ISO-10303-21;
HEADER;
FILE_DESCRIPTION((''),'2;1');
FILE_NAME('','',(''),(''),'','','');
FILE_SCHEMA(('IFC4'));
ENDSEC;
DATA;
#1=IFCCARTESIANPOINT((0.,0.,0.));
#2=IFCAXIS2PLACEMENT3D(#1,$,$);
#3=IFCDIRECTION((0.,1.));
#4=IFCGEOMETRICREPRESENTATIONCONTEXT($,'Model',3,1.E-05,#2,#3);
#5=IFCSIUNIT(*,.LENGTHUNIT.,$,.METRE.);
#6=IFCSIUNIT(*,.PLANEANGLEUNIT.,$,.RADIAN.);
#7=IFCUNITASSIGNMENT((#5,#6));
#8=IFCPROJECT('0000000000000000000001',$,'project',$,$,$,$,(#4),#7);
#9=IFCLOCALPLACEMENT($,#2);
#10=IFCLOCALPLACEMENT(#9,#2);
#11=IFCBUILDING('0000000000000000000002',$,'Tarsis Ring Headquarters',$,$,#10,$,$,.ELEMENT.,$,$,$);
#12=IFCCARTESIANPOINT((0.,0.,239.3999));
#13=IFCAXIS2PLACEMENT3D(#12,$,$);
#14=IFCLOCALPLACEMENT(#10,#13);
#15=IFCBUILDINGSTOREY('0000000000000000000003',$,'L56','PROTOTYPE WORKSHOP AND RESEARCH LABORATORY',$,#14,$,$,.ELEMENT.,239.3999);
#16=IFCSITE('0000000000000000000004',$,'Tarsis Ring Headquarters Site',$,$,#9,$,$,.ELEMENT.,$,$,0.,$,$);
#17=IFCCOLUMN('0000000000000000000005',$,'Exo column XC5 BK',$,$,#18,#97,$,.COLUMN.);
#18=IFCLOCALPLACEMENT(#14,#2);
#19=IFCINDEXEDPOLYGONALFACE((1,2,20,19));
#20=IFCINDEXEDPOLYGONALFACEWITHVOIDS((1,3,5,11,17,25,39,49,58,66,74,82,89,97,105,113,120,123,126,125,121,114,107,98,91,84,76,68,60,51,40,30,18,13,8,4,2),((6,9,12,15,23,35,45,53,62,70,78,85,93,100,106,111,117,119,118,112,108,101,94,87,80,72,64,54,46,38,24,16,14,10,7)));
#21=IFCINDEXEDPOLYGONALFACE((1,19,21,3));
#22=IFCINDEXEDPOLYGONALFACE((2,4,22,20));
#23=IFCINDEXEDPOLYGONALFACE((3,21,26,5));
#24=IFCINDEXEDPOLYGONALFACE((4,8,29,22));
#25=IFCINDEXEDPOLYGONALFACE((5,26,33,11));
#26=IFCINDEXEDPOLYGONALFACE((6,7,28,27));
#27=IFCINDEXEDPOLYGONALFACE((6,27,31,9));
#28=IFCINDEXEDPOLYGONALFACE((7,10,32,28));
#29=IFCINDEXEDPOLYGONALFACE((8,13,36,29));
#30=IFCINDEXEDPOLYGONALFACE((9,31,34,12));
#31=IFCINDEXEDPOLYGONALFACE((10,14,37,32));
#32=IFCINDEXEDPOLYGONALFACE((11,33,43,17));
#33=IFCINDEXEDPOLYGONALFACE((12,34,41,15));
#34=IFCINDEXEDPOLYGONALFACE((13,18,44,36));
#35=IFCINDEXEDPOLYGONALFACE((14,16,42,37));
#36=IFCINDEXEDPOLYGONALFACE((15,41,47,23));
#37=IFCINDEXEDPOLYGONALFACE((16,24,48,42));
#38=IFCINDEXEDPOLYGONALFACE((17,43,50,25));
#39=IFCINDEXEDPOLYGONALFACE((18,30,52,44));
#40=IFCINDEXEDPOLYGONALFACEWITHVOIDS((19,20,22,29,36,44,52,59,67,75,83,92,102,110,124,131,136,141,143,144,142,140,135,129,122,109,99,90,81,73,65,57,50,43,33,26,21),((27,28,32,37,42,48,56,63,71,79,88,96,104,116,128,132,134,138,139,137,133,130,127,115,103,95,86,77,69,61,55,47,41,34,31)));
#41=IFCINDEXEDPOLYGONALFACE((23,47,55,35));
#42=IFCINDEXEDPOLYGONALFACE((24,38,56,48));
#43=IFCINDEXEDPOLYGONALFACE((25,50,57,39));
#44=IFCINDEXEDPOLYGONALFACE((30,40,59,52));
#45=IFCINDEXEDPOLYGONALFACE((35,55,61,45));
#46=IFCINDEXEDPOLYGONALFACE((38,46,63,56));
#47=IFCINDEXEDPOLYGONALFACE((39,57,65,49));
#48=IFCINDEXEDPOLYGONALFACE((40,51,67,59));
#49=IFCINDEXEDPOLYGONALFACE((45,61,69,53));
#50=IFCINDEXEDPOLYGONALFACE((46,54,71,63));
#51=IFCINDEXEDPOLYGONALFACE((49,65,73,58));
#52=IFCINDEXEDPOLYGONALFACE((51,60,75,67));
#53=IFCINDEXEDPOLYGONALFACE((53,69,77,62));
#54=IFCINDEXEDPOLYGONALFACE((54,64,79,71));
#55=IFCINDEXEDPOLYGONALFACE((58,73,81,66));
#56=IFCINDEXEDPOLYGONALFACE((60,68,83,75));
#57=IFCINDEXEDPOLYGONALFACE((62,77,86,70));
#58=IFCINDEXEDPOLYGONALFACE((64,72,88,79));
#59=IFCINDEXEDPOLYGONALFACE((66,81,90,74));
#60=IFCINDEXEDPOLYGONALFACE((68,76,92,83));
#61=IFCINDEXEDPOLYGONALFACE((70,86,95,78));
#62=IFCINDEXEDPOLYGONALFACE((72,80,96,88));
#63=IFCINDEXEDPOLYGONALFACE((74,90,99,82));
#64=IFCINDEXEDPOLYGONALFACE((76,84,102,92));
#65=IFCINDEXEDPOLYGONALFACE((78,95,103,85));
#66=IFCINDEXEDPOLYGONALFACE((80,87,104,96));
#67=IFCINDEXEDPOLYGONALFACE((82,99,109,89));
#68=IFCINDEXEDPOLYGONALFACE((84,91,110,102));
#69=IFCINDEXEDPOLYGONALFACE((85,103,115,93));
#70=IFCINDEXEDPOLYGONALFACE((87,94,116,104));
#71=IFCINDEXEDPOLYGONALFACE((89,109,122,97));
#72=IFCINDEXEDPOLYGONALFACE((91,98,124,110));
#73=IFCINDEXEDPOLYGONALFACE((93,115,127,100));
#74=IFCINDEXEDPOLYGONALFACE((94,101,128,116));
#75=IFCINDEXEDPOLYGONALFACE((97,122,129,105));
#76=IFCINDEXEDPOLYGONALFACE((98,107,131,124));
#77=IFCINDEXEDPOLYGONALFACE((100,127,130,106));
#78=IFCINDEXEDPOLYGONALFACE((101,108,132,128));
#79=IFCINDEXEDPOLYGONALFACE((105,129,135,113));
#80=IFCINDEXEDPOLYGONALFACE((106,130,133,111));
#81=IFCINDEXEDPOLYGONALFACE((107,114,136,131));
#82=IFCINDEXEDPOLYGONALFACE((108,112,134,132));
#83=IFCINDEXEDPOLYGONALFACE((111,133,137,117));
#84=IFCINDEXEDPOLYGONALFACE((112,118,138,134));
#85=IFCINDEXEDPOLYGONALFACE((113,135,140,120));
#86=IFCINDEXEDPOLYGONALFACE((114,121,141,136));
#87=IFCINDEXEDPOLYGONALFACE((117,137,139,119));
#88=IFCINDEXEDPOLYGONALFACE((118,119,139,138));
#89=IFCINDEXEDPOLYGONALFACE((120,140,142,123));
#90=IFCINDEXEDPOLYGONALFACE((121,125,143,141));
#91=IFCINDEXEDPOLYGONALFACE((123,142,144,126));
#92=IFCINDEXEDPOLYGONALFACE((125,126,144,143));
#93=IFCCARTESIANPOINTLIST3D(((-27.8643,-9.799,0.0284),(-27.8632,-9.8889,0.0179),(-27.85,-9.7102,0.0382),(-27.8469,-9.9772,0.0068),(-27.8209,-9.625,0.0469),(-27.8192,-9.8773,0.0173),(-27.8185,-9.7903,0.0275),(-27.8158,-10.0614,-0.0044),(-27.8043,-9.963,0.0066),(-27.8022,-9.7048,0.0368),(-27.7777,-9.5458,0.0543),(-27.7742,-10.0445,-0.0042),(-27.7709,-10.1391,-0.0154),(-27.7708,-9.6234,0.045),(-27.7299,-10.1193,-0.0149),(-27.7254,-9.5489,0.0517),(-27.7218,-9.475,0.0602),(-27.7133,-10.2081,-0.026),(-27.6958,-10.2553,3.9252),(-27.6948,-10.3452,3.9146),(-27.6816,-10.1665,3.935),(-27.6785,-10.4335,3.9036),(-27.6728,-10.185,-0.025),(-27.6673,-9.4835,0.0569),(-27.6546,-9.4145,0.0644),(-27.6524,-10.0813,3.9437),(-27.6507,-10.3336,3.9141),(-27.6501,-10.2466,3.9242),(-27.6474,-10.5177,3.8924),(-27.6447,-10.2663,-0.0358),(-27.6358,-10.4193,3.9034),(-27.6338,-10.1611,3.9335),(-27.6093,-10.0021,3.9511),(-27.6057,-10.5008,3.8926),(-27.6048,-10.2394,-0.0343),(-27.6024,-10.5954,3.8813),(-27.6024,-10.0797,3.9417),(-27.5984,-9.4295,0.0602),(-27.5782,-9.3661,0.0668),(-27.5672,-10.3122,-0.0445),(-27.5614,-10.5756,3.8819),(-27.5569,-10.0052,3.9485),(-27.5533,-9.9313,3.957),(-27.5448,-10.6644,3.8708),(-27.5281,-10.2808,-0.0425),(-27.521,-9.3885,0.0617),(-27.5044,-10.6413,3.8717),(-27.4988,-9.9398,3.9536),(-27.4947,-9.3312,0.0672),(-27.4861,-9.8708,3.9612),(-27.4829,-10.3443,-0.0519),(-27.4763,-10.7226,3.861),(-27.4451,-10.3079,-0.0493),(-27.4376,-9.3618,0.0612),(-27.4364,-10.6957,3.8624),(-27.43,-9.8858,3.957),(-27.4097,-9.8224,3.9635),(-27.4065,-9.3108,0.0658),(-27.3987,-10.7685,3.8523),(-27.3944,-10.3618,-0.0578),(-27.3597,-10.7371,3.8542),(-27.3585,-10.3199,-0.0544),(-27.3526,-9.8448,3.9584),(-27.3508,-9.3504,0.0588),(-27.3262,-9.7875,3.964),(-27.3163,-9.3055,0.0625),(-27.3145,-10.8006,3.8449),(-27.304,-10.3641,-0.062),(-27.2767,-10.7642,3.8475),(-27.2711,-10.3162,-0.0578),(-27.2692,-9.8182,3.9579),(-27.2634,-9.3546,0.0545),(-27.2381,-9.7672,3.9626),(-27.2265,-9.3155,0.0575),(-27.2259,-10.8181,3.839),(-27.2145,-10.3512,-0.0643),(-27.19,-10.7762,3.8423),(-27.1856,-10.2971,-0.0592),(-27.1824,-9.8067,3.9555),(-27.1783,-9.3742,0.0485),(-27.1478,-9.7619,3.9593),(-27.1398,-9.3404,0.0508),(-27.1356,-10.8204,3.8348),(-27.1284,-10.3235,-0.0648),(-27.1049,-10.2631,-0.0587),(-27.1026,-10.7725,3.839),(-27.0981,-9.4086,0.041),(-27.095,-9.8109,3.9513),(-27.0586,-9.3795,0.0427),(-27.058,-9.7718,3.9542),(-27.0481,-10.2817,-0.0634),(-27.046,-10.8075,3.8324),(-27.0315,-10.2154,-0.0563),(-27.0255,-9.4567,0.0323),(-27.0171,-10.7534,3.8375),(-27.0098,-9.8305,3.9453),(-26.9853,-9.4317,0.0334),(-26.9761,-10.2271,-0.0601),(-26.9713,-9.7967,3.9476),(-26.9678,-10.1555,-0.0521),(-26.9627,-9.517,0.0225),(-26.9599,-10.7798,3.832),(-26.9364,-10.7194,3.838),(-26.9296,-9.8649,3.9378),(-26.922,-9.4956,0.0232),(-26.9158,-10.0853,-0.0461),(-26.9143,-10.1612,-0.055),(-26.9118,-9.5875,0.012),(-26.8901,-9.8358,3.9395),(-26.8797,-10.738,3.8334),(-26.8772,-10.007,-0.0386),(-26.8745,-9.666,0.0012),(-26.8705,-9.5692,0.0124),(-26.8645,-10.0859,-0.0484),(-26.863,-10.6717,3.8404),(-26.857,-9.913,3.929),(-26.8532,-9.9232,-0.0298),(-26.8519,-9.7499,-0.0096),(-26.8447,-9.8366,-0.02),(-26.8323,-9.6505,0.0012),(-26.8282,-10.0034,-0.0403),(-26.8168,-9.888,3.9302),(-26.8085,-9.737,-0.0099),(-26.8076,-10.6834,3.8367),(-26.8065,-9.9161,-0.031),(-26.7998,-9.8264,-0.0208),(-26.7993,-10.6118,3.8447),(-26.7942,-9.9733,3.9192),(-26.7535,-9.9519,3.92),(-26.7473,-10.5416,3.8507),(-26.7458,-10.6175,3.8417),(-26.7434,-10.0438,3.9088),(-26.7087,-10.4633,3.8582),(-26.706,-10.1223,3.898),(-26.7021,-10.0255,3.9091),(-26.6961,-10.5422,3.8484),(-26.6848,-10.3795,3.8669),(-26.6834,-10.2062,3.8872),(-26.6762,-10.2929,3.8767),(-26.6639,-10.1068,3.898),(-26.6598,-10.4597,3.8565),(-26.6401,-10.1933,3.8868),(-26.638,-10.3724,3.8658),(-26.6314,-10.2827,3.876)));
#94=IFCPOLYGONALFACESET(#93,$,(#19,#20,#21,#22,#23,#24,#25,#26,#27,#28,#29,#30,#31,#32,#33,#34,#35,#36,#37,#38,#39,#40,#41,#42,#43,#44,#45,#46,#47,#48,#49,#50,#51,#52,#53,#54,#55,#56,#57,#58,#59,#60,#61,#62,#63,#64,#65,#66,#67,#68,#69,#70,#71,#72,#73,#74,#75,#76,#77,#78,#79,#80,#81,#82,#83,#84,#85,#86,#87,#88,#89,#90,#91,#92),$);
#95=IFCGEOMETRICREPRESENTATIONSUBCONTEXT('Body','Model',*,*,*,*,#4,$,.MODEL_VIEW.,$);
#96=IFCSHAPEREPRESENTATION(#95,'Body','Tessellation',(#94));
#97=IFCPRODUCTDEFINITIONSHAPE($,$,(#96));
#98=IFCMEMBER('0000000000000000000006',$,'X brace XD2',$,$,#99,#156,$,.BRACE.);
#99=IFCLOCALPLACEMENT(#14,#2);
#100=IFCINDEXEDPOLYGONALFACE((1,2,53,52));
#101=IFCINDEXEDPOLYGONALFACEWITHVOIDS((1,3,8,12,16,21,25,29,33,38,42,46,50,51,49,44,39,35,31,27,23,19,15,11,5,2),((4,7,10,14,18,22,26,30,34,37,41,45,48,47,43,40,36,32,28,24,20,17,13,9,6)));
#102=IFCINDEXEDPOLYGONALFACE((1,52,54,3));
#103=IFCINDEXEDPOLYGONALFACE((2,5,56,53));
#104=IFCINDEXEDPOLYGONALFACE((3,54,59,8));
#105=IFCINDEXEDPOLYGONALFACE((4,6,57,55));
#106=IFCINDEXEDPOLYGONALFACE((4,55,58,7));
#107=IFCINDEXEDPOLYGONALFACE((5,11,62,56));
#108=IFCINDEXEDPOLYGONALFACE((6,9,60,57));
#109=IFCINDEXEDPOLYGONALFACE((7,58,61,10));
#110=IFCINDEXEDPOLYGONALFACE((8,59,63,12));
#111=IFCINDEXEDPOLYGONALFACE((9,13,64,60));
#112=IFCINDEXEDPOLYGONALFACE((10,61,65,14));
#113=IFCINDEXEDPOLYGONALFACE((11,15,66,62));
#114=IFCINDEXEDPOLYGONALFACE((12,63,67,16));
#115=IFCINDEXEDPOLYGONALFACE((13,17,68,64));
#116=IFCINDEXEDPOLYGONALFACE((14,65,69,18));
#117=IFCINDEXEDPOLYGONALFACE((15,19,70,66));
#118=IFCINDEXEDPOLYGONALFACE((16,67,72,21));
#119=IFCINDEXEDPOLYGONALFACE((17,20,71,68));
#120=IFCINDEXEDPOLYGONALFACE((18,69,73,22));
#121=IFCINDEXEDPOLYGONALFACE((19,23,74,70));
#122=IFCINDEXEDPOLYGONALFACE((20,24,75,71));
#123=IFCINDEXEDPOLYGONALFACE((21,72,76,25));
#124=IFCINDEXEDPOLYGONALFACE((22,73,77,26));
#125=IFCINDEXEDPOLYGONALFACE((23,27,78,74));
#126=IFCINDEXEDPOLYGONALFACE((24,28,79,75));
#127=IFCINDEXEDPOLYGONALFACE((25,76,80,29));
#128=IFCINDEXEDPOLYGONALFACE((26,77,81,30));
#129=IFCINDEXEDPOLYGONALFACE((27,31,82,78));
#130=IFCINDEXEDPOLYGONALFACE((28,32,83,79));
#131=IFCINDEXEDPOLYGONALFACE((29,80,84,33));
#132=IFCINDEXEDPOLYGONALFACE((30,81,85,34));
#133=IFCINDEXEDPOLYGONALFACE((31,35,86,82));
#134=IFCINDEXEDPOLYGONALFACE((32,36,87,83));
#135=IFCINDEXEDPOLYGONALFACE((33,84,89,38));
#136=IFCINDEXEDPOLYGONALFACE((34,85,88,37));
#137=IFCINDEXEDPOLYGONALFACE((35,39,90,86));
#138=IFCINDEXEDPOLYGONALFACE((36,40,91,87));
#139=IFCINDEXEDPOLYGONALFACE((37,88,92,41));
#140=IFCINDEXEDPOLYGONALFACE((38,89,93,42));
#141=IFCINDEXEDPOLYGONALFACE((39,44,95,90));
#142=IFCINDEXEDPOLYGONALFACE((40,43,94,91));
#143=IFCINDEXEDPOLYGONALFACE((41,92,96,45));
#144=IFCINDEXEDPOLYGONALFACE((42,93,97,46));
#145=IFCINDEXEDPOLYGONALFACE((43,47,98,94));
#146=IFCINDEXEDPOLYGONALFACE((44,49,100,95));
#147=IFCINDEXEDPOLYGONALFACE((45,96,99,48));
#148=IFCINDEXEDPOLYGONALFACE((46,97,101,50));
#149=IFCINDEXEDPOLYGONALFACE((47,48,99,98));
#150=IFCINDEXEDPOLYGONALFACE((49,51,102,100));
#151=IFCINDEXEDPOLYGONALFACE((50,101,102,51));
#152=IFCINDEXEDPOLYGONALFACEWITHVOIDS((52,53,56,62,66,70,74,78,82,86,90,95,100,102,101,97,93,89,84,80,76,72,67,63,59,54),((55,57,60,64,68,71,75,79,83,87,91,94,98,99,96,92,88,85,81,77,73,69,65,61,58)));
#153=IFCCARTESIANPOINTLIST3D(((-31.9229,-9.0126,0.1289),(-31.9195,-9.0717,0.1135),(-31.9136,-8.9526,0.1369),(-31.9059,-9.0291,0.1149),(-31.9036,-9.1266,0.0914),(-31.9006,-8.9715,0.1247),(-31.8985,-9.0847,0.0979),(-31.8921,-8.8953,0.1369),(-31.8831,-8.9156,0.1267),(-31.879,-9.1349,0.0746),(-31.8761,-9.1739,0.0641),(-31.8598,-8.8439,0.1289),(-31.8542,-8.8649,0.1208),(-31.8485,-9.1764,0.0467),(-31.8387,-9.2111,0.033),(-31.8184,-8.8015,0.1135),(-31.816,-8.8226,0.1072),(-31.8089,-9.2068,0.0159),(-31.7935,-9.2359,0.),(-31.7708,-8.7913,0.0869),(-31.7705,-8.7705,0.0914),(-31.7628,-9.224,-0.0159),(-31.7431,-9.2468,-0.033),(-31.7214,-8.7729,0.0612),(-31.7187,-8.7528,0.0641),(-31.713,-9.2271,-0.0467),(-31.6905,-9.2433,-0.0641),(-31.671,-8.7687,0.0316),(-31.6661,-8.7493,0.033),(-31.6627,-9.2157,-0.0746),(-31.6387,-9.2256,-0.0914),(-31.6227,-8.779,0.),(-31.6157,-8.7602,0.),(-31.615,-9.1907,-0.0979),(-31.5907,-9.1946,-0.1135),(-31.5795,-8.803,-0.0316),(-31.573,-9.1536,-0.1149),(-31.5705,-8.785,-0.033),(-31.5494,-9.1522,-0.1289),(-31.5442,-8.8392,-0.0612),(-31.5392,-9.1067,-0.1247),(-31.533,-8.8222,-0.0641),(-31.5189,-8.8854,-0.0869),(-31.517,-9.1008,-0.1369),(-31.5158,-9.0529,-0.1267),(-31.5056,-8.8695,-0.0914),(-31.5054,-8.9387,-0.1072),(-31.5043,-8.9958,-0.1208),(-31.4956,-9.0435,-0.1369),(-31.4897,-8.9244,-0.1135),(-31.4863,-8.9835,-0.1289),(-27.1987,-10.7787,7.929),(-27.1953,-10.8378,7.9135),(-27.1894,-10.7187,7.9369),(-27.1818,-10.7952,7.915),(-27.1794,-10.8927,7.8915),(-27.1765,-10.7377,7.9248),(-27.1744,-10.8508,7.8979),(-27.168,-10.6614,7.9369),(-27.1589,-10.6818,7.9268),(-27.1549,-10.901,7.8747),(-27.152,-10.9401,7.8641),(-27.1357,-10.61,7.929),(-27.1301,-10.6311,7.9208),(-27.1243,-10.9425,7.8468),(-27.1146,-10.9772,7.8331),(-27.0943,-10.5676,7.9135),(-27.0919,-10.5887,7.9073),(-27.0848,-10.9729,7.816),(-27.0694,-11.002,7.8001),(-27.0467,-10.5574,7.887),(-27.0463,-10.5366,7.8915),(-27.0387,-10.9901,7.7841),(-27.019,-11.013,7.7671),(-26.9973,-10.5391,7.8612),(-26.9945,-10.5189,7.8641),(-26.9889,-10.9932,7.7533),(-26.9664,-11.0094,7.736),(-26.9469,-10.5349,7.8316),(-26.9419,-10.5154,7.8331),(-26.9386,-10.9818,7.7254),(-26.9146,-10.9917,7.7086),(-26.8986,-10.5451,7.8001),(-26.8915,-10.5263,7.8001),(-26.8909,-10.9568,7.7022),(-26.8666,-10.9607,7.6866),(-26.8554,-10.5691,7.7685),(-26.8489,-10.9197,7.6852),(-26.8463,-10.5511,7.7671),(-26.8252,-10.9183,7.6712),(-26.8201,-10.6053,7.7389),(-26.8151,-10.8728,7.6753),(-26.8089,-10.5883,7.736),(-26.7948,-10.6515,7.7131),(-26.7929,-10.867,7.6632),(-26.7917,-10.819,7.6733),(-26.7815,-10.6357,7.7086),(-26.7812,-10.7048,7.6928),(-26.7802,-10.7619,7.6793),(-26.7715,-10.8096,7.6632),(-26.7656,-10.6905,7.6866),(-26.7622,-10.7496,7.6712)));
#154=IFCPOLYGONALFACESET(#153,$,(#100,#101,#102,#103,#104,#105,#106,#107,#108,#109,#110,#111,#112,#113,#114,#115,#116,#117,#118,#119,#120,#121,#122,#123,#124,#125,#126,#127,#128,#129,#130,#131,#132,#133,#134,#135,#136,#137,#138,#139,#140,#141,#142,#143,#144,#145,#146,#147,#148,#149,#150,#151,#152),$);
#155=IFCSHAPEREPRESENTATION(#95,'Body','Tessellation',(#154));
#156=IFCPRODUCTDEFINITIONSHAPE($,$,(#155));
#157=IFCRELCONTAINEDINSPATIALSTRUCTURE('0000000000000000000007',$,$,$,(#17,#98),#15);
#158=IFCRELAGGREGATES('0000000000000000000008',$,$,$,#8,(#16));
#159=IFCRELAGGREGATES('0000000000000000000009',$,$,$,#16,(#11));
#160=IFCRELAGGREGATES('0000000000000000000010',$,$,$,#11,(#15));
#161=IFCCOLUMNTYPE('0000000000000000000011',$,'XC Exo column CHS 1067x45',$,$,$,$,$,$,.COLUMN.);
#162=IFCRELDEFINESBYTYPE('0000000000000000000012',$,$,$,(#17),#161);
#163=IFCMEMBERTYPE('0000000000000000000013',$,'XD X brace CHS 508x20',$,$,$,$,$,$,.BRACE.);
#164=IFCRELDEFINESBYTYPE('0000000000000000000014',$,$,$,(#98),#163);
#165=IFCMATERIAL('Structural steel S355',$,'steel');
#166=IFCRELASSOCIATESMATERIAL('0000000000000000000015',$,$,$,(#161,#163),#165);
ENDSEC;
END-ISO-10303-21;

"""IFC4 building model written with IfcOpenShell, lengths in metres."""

from ifc_helpers import new_model, si_unit, direction, frame, origin, origin_2d, place, context, subcontext, project, spatial, hollow_circle, extrude, material, material_profile, profile_set, type_object, element, save


model = new_model("IFC4")

# Units and contexts
model_context = context("Model", 3, precision=1e-05, world=origin(), true_north=direction((0.0, 1.0)))
body_context = subcontext(model_context, "Body", "Model", "MODEL_VIEW")
ifc_project = project(units=[si_unit("LENGTHUNIT", "METRE"), si_unit("PLANEANGLEUNIT", "RADIAN")], contexts=[model_context])

# Site, building, storey
site_placement = place(None, origin())
site = spatial("IfcSite", under=ifc_project, at=site_placement, Name="Tarsis Ring Headquarters Site", CompositionType="ELEMENT", RefElevation=0.0)
building_placement = place(site_placement, origin())
building = spatial("IfcBuilding", under=site, at=building_placement, Name="Tarsis Ring Headquarters", CompositionType="ELEMENT")
storey_placement = place(building_placement, frame((0.0, 0.0, 239.3999)))
storey = spatial("IfcBuildingStorey", under=building, at=storey_placement, Name="L56", Description="PROTOTYPE WORKSHOP AND RESEARCH LABORATORY", CompositionType="ELEMENT", Elevation=239.3999)

# Column
ifc_material_1 = material(Name="Structural steel S355", Category="steel")
ifc_material_profile_1 = material_profile(ifc_material_1, hollow_circle(Radius=0.5334, WallThickness=0.0449, at=origin_2d()), Name="CHS 1067x45")
ifc_profile_set_1 = profile_set([ifc_material_profile_1], Name="Structural steel S355")
column_type = type_object("IfcColumnType", Name="XC Exo column CHS 1067x45", PredefinedType="COLUMN", material=ifc_profile_set_1)
column_1_placement = place(storey_placement, frame((-27.3328, -9.8352, 0.0012), z_axis=(0.042897, -0.116196, 0.992299), x_axis=(0.938112, 0.346333, 0.0)))
element("IfcColumn", 1, at=column_1_placement, inside=storey, type_object=column_type, Name="Exo column XC5 BK", PredefinedType="COLUMN", context=body_context, shape_type="SweptSolid", body=[
    extrude(hollow_circle(Radius=0.5334, WallThickness=0.0449, at=origin_2d()), origin(), (0.0, 0.0, 1.0), 3.927),
])

# Member
ifc_material_profile_2 = material_profile(ifc_material_1, hollow_circle(Radius=0.2539, WallThickness=0.02, at=origin_2d()), Name="CHS 508x20")
ifc_profile_set_2 = profile_set([ifc_material_profile_2], Name="Structural steel S355")
member_type = type_object("IfcMemberType", Name="XD X brace CHS 508x20", PredefinedType="BRACE", material=ifc_profile_set_2)
member_1_placement = place(storey_placement, frame((-31.7046, -8.998, 0.0), z_axis=(0.508596, -0.190139, 0.839748), x_axis=(0.350179, 0.936683, 0.0)))
element("IfcMember", 2, at=member_1_placement, inside=storey, type_object=member_type, Name="X brace XD2", PredefinedType="BRACE", context=body_context, shape_type="SweptSolid", body=[
    extrude(hollow_circle(Radius=0.2539, WallThickness=0.02, at=origin_2d()), origin(), (0.0, 0.0, 1.0), 9.2886),
])

save(model, "model.ifc")
